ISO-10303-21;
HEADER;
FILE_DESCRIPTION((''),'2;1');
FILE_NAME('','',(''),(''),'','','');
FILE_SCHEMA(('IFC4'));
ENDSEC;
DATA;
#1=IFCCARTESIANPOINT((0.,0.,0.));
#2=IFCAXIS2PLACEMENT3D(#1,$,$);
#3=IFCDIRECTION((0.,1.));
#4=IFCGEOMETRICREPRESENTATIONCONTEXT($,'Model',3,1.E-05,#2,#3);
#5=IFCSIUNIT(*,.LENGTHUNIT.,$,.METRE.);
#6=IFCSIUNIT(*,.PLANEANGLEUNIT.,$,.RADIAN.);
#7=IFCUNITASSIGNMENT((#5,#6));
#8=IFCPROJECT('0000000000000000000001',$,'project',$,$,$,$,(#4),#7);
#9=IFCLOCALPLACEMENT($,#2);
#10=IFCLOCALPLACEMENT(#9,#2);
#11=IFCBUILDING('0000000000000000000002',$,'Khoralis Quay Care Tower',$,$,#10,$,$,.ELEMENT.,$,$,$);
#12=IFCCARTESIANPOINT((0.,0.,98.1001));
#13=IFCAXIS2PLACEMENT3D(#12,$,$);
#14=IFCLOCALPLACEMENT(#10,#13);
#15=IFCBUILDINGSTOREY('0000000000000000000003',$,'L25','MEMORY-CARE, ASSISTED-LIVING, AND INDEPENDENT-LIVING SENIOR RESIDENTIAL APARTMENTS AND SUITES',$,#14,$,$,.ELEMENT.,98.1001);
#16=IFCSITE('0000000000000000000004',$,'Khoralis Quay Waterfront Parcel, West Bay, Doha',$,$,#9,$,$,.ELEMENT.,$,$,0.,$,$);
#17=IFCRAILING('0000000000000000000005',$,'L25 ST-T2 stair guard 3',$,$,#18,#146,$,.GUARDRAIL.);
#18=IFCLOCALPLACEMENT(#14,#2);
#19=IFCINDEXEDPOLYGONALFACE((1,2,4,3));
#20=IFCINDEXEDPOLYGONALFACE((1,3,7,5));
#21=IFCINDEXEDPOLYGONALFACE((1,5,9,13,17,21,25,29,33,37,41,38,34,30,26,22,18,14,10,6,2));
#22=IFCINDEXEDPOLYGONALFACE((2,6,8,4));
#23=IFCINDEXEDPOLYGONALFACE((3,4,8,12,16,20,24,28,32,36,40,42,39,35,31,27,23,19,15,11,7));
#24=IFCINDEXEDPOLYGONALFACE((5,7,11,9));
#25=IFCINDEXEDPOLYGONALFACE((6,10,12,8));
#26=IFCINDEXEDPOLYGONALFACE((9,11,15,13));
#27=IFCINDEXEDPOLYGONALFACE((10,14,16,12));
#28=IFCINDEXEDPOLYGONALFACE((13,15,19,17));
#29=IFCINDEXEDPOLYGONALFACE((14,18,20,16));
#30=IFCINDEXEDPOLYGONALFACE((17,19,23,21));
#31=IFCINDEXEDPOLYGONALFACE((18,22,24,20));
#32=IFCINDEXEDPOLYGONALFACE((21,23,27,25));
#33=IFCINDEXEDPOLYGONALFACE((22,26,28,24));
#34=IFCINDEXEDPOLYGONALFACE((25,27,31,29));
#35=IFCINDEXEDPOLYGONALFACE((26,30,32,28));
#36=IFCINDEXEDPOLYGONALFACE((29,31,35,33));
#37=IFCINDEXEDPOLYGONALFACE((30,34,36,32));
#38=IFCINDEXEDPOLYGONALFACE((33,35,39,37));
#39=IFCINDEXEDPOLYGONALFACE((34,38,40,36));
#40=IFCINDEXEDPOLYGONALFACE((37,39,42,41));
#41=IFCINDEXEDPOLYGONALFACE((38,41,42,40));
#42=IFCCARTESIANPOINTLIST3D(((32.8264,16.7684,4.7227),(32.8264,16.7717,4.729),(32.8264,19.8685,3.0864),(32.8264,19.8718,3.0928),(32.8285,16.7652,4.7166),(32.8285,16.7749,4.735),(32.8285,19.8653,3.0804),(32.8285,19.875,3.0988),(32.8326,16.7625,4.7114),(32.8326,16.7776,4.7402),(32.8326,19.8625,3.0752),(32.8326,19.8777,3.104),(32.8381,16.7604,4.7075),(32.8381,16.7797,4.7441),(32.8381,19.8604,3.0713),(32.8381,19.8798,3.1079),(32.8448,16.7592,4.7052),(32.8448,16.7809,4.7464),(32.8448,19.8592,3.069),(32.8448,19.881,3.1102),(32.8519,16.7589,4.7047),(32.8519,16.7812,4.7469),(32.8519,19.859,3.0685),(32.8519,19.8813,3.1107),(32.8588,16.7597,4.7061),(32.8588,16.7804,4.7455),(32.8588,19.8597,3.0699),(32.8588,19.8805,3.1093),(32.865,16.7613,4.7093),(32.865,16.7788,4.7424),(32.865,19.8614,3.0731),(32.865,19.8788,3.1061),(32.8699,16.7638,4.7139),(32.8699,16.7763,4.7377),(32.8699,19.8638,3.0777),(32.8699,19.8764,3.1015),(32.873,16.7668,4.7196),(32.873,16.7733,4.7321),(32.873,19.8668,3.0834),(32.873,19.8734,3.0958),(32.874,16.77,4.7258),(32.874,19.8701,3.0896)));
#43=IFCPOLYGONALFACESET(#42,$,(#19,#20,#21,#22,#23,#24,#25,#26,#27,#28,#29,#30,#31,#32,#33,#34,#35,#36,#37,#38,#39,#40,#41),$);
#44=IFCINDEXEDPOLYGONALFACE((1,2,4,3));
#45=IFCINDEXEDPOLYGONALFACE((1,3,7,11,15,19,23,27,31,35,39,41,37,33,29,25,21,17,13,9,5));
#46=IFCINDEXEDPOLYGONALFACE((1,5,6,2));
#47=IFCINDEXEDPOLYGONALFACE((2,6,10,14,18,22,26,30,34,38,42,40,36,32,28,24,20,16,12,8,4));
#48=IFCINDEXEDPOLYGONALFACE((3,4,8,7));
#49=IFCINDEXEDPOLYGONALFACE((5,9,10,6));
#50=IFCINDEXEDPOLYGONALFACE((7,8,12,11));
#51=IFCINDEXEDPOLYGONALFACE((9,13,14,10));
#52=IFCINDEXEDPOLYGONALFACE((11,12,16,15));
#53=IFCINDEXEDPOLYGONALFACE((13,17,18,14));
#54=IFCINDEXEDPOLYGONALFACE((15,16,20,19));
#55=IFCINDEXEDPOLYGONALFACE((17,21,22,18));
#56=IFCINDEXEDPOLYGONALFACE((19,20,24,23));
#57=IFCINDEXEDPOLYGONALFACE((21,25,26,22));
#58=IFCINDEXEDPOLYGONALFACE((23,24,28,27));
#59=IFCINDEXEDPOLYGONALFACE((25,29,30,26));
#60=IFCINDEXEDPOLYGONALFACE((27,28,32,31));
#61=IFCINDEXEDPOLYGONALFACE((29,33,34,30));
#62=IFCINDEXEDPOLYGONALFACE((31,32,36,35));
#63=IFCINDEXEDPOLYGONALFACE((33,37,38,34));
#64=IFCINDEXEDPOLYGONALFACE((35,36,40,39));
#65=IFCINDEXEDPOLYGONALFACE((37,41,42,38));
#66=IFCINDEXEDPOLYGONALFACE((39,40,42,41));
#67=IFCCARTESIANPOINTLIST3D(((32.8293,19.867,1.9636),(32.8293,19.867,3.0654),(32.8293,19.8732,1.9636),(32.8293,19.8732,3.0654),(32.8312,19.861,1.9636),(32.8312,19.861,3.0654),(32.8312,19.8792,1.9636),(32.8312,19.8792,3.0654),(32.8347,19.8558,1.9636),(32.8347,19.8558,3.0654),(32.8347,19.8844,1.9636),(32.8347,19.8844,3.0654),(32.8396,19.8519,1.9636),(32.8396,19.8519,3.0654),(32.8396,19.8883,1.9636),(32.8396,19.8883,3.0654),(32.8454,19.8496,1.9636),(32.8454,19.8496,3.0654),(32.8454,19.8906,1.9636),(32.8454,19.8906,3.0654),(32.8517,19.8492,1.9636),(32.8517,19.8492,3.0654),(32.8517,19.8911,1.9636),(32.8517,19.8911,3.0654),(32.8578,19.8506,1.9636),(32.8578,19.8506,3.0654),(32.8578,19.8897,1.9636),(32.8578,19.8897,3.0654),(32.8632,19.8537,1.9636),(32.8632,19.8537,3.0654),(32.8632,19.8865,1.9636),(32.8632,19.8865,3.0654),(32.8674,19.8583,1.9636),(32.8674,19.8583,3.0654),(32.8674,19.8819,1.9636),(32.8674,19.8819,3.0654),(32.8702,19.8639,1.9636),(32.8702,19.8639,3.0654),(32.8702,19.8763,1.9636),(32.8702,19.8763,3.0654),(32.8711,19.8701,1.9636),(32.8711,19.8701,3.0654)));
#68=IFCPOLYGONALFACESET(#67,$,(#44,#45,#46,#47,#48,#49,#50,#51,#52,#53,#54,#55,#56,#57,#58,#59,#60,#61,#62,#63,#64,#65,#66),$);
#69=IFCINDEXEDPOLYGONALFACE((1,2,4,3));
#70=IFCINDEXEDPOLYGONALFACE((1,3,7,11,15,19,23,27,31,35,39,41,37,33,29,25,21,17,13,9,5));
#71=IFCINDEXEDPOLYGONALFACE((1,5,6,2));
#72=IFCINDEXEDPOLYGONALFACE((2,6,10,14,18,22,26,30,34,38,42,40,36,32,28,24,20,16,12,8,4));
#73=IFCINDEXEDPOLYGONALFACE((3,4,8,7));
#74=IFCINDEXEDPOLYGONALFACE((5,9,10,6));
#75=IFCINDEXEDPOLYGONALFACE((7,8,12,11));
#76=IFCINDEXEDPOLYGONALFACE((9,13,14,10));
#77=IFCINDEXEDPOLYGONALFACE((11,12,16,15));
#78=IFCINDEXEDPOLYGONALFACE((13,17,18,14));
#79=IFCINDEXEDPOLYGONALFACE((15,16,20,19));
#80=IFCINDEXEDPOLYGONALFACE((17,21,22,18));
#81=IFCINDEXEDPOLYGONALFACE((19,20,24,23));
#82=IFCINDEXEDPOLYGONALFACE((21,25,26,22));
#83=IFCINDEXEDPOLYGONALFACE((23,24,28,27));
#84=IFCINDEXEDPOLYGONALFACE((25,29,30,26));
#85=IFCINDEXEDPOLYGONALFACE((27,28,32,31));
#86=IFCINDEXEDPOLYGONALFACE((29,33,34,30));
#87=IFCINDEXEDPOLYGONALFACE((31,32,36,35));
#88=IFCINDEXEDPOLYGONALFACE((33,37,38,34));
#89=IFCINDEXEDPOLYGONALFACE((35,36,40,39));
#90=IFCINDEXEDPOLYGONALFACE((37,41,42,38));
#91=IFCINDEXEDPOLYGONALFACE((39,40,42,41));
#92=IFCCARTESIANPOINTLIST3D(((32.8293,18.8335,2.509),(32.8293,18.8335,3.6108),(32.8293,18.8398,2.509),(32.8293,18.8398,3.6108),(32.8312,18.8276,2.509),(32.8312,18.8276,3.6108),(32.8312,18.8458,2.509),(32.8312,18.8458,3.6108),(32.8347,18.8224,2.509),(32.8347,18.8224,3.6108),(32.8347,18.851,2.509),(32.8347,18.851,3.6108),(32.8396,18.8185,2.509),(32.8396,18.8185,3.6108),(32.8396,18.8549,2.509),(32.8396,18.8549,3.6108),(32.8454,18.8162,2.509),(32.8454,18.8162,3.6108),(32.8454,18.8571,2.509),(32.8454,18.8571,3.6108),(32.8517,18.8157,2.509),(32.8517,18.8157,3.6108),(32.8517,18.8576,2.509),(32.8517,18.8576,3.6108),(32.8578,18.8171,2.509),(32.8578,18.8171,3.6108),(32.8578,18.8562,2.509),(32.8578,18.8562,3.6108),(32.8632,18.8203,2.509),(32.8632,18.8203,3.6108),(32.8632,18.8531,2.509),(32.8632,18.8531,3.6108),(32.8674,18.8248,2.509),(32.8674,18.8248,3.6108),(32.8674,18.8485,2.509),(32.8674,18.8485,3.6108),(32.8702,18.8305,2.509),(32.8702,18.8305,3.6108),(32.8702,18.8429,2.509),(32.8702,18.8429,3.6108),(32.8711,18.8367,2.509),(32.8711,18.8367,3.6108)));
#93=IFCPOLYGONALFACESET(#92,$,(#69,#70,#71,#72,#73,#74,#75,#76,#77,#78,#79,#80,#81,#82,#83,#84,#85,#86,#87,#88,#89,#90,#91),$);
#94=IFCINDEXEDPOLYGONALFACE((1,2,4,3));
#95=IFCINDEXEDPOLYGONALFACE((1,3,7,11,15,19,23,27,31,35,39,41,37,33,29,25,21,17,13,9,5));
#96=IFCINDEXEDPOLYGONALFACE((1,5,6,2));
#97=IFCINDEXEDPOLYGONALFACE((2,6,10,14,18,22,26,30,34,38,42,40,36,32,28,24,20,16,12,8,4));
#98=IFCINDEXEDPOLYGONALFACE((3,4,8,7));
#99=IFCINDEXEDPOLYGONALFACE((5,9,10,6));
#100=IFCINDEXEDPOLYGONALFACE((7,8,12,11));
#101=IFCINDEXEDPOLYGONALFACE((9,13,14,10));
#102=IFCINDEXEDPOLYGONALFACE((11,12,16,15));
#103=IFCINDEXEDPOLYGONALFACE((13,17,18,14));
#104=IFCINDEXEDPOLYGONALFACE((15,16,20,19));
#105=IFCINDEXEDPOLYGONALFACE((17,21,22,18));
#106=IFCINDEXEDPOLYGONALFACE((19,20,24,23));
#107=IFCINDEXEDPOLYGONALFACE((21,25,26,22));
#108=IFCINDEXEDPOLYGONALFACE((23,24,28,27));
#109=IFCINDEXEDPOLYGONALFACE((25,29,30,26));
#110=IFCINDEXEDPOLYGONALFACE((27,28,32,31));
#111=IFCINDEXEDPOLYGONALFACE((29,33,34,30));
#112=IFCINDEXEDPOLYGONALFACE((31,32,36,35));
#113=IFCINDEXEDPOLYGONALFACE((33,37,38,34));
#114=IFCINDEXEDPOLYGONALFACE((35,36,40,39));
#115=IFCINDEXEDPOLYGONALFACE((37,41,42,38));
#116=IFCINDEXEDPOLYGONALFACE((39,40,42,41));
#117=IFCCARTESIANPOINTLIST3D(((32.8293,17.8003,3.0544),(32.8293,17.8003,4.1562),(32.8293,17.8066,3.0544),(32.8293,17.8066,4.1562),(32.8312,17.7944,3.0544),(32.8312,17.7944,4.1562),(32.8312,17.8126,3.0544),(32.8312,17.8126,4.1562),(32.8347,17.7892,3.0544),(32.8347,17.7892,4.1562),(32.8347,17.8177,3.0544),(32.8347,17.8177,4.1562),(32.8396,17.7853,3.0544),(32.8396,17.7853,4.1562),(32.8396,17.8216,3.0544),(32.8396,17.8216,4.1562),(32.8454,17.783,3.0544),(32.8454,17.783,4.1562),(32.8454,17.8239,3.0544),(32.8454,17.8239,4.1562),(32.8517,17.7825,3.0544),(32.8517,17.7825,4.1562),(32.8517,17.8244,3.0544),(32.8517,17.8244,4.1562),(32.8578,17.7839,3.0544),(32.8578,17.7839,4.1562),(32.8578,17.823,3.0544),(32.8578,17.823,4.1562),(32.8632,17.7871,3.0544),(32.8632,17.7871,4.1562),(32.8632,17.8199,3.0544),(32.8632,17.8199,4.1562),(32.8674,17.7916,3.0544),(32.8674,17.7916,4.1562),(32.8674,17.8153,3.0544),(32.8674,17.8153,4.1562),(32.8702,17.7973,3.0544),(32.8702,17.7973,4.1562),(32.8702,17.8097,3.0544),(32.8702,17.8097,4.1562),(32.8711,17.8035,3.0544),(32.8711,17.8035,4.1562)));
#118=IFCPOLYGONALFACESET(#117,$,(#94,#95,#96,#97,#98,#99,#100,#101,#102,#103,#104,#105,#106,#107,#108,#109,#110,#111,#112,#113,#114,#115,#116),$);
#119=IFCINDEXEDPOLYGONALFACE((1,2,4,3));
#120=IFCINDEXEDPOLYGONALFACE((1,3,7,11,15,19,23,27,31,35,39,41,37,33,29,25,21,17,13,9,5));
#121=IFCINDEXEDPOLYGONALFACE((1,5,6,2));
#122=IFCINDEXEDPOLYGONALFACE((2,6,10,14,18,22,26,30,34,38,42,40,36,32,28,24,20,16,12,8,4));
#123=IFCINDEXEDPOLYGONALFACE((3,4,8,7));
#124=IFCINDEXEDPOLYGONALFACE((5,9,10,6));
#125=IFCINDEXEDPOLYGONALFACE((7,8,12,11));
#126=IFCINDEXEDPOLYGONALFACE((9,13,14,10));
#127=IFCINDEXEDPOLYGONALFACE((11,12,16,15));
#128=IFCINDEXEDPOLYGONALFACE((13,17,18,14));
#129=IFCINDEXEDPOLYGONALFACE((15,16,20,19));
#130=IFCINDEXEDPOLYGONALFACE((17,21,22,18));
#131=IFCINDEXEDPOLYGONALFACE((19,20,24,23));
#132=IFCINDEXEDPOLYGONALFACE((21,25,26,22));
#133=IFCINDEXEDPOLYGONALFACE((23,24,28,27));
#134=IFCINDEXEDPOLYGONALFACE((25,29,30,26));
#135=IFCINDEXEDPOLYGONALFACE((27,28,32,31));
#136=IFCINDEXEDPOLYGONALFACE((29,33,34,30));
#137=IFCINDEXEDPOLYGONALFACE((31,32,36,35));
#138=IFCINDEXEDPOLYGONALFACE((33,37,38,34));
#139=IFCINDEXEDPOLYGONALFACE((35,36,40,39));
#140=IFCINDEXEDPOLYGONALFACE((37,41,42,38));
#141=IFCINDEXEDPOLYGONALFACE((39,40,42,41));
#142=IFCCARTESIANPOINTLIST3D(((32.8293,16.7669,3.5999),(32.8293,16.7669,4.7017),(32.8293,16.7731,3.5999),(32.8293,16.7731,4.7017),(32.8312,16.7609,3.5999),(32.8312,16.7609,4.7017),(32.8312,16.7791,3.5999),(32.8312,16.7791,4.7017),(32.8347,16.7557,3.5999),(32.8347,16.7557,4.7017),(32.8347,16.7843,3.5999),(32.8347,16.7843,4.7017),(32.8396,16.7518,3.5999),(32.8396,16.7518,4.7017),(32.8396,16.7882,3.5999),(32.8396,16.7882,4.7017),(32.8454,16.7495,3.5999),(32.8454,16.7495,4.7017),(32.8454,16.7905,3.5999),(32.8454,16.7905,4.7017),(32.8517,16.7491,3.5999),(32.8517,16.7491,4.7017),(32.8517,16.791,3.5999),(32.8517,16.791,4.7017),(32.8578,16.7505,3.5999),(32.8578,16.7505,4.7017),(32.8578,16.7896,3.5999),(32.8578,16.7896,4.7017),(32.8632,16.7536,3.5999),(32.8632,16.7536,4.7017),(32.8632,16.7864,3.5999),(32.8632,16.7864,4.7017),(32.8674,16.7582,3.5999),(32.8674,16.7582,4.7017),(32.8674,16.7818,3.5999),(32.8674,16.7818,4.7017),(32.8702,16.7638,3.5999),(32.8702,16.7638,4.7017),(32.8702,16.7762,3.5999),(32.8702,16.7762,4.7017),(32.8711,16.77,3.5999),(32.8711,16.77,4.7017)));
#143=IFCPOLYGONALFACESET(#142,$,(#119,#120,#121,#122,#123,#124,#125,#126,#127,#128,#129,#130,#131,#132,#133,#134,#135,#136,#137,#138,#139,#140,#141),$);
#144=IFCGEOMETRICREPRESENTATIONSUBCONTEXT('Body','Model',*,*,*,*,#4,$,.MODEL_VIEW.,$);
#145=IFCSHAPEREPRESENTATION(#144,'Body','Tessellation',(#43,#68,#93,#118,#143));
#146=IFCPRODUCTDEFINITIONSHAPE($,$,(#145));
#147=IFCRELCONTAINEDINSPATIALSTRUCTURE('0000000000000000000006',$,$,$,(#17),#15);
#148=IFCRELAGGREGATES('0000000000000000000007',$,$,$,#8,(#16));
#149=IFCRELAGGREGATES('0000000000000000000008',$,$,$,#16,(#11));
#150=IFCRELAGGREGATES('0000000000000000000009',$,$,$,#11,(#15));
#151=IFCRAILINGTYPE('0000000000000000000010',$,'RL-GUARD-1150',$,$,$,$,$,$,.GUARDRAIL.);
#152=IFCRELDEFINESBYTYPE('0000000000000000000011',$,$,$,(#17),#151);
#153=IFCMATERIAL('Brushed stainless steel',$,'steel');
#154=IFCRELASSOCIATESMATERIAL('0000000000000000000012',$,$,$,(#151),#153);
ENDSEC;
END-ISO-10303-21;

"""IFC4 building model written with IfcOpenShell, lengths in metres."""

from ifc_helpers import new_model, si_unit, direction, frame, origin, origin_2d, place, context, subcontext, project, spatial, circle, extrude, material, type_object, element, save


model = new_model("IFC4")

# Units and contexts
model_context = context("Model", 3, precision=1e-05, world=origin(), true_north=direction((0.0, 1.0)))
body_context = subcontext(model_context, "Body", "Model", "MODEL_VIEW")
ifc_project = project(units=[si_unit("LENGTHUNIT", "METRE"), si_unit("PLANEANGLEUNIT", "RADIAN")], contexts=[model_context])

# Site, building, storey
site_placement = place(None, origin())
site = spatial("IfcSite", under=ifc_project, at=site_placement, Name="Khoralis Quay Waterfront Parcel, West Bay, Doha", CompositionType="ELEMENT", RefElevation=0.0)
building_placement = place(site_placement, origin())
building = spatial("IfcBuilding", under=site, at=building_placement, Name="Khoralis Quay Care Tower", CompositionType="ELEMENT")
storey_placement = place(building_placement, frame((0.0, 0.0, 98.1001)))
storey = spatial("IfcBuildingStorey", under=building, at=storey_placement, Name="L25", Description="MEMORY-CARE, ASSISTED-LIVING, AND INDEPENDENT-LIVING SENIOR RESIDENTIAL APARTMENTS AND SUITES", CompositionType="ELEMENT", Elevation=98.1001)

# Railing
ifc_material_1 = material(Name="Brushed stainless steel", Category="steel")
railing_type_1 = type_object("IfcRailingType", Name="RL-GUARD-1150", PredefinedType="GUARDRAIL", material=ifc_material_1)
railing_1_placement = place(storey_placement, frame((32.8501, 19.8701, 1.9636)))
element("IfcRailing", 1, at=railing_1_placement, inside=storey, type_object=railing_type_1, Name="L25 ST-T2 stair guard 3", PredefinedType="GUARDRAIL", context=body_context, shape_type="SweptSolid", body=[
    extrude(circle(Radius=0.0239, at=origin_2d()), frame((0.0, 0.0, 1.126), z_axis=(0.0, -0.884377, 0.466774), x_axis=(1.0, 0.0, 0.0)), (0.0, 0.0, 1.0), 3.5054),
    extrude(circle(Radius=0.021, at=origin_2d()), origin(), (0.0, 0.0, 1.0), 1.1018),
    extrude(circle(Radius=0.021, at=origin_2d()), frame((0.0, -1.0334, 0.5454)), (0.0, 0.0, 1.0), 1.1018),
    extrude(circle(Radius=0.021, at=origin_2d()), frame((0.0, -2.0667, 1.0908)), (0.0, 0.0, 1.0), 1.1018),
    extrude(circle(Radius=0.021, at=origin_2d()), frame((0.0, -3.1001, 1.6362)), (0.0, 0.0, 1.0), 1.1018),
])

save(model, "model.ifc")
